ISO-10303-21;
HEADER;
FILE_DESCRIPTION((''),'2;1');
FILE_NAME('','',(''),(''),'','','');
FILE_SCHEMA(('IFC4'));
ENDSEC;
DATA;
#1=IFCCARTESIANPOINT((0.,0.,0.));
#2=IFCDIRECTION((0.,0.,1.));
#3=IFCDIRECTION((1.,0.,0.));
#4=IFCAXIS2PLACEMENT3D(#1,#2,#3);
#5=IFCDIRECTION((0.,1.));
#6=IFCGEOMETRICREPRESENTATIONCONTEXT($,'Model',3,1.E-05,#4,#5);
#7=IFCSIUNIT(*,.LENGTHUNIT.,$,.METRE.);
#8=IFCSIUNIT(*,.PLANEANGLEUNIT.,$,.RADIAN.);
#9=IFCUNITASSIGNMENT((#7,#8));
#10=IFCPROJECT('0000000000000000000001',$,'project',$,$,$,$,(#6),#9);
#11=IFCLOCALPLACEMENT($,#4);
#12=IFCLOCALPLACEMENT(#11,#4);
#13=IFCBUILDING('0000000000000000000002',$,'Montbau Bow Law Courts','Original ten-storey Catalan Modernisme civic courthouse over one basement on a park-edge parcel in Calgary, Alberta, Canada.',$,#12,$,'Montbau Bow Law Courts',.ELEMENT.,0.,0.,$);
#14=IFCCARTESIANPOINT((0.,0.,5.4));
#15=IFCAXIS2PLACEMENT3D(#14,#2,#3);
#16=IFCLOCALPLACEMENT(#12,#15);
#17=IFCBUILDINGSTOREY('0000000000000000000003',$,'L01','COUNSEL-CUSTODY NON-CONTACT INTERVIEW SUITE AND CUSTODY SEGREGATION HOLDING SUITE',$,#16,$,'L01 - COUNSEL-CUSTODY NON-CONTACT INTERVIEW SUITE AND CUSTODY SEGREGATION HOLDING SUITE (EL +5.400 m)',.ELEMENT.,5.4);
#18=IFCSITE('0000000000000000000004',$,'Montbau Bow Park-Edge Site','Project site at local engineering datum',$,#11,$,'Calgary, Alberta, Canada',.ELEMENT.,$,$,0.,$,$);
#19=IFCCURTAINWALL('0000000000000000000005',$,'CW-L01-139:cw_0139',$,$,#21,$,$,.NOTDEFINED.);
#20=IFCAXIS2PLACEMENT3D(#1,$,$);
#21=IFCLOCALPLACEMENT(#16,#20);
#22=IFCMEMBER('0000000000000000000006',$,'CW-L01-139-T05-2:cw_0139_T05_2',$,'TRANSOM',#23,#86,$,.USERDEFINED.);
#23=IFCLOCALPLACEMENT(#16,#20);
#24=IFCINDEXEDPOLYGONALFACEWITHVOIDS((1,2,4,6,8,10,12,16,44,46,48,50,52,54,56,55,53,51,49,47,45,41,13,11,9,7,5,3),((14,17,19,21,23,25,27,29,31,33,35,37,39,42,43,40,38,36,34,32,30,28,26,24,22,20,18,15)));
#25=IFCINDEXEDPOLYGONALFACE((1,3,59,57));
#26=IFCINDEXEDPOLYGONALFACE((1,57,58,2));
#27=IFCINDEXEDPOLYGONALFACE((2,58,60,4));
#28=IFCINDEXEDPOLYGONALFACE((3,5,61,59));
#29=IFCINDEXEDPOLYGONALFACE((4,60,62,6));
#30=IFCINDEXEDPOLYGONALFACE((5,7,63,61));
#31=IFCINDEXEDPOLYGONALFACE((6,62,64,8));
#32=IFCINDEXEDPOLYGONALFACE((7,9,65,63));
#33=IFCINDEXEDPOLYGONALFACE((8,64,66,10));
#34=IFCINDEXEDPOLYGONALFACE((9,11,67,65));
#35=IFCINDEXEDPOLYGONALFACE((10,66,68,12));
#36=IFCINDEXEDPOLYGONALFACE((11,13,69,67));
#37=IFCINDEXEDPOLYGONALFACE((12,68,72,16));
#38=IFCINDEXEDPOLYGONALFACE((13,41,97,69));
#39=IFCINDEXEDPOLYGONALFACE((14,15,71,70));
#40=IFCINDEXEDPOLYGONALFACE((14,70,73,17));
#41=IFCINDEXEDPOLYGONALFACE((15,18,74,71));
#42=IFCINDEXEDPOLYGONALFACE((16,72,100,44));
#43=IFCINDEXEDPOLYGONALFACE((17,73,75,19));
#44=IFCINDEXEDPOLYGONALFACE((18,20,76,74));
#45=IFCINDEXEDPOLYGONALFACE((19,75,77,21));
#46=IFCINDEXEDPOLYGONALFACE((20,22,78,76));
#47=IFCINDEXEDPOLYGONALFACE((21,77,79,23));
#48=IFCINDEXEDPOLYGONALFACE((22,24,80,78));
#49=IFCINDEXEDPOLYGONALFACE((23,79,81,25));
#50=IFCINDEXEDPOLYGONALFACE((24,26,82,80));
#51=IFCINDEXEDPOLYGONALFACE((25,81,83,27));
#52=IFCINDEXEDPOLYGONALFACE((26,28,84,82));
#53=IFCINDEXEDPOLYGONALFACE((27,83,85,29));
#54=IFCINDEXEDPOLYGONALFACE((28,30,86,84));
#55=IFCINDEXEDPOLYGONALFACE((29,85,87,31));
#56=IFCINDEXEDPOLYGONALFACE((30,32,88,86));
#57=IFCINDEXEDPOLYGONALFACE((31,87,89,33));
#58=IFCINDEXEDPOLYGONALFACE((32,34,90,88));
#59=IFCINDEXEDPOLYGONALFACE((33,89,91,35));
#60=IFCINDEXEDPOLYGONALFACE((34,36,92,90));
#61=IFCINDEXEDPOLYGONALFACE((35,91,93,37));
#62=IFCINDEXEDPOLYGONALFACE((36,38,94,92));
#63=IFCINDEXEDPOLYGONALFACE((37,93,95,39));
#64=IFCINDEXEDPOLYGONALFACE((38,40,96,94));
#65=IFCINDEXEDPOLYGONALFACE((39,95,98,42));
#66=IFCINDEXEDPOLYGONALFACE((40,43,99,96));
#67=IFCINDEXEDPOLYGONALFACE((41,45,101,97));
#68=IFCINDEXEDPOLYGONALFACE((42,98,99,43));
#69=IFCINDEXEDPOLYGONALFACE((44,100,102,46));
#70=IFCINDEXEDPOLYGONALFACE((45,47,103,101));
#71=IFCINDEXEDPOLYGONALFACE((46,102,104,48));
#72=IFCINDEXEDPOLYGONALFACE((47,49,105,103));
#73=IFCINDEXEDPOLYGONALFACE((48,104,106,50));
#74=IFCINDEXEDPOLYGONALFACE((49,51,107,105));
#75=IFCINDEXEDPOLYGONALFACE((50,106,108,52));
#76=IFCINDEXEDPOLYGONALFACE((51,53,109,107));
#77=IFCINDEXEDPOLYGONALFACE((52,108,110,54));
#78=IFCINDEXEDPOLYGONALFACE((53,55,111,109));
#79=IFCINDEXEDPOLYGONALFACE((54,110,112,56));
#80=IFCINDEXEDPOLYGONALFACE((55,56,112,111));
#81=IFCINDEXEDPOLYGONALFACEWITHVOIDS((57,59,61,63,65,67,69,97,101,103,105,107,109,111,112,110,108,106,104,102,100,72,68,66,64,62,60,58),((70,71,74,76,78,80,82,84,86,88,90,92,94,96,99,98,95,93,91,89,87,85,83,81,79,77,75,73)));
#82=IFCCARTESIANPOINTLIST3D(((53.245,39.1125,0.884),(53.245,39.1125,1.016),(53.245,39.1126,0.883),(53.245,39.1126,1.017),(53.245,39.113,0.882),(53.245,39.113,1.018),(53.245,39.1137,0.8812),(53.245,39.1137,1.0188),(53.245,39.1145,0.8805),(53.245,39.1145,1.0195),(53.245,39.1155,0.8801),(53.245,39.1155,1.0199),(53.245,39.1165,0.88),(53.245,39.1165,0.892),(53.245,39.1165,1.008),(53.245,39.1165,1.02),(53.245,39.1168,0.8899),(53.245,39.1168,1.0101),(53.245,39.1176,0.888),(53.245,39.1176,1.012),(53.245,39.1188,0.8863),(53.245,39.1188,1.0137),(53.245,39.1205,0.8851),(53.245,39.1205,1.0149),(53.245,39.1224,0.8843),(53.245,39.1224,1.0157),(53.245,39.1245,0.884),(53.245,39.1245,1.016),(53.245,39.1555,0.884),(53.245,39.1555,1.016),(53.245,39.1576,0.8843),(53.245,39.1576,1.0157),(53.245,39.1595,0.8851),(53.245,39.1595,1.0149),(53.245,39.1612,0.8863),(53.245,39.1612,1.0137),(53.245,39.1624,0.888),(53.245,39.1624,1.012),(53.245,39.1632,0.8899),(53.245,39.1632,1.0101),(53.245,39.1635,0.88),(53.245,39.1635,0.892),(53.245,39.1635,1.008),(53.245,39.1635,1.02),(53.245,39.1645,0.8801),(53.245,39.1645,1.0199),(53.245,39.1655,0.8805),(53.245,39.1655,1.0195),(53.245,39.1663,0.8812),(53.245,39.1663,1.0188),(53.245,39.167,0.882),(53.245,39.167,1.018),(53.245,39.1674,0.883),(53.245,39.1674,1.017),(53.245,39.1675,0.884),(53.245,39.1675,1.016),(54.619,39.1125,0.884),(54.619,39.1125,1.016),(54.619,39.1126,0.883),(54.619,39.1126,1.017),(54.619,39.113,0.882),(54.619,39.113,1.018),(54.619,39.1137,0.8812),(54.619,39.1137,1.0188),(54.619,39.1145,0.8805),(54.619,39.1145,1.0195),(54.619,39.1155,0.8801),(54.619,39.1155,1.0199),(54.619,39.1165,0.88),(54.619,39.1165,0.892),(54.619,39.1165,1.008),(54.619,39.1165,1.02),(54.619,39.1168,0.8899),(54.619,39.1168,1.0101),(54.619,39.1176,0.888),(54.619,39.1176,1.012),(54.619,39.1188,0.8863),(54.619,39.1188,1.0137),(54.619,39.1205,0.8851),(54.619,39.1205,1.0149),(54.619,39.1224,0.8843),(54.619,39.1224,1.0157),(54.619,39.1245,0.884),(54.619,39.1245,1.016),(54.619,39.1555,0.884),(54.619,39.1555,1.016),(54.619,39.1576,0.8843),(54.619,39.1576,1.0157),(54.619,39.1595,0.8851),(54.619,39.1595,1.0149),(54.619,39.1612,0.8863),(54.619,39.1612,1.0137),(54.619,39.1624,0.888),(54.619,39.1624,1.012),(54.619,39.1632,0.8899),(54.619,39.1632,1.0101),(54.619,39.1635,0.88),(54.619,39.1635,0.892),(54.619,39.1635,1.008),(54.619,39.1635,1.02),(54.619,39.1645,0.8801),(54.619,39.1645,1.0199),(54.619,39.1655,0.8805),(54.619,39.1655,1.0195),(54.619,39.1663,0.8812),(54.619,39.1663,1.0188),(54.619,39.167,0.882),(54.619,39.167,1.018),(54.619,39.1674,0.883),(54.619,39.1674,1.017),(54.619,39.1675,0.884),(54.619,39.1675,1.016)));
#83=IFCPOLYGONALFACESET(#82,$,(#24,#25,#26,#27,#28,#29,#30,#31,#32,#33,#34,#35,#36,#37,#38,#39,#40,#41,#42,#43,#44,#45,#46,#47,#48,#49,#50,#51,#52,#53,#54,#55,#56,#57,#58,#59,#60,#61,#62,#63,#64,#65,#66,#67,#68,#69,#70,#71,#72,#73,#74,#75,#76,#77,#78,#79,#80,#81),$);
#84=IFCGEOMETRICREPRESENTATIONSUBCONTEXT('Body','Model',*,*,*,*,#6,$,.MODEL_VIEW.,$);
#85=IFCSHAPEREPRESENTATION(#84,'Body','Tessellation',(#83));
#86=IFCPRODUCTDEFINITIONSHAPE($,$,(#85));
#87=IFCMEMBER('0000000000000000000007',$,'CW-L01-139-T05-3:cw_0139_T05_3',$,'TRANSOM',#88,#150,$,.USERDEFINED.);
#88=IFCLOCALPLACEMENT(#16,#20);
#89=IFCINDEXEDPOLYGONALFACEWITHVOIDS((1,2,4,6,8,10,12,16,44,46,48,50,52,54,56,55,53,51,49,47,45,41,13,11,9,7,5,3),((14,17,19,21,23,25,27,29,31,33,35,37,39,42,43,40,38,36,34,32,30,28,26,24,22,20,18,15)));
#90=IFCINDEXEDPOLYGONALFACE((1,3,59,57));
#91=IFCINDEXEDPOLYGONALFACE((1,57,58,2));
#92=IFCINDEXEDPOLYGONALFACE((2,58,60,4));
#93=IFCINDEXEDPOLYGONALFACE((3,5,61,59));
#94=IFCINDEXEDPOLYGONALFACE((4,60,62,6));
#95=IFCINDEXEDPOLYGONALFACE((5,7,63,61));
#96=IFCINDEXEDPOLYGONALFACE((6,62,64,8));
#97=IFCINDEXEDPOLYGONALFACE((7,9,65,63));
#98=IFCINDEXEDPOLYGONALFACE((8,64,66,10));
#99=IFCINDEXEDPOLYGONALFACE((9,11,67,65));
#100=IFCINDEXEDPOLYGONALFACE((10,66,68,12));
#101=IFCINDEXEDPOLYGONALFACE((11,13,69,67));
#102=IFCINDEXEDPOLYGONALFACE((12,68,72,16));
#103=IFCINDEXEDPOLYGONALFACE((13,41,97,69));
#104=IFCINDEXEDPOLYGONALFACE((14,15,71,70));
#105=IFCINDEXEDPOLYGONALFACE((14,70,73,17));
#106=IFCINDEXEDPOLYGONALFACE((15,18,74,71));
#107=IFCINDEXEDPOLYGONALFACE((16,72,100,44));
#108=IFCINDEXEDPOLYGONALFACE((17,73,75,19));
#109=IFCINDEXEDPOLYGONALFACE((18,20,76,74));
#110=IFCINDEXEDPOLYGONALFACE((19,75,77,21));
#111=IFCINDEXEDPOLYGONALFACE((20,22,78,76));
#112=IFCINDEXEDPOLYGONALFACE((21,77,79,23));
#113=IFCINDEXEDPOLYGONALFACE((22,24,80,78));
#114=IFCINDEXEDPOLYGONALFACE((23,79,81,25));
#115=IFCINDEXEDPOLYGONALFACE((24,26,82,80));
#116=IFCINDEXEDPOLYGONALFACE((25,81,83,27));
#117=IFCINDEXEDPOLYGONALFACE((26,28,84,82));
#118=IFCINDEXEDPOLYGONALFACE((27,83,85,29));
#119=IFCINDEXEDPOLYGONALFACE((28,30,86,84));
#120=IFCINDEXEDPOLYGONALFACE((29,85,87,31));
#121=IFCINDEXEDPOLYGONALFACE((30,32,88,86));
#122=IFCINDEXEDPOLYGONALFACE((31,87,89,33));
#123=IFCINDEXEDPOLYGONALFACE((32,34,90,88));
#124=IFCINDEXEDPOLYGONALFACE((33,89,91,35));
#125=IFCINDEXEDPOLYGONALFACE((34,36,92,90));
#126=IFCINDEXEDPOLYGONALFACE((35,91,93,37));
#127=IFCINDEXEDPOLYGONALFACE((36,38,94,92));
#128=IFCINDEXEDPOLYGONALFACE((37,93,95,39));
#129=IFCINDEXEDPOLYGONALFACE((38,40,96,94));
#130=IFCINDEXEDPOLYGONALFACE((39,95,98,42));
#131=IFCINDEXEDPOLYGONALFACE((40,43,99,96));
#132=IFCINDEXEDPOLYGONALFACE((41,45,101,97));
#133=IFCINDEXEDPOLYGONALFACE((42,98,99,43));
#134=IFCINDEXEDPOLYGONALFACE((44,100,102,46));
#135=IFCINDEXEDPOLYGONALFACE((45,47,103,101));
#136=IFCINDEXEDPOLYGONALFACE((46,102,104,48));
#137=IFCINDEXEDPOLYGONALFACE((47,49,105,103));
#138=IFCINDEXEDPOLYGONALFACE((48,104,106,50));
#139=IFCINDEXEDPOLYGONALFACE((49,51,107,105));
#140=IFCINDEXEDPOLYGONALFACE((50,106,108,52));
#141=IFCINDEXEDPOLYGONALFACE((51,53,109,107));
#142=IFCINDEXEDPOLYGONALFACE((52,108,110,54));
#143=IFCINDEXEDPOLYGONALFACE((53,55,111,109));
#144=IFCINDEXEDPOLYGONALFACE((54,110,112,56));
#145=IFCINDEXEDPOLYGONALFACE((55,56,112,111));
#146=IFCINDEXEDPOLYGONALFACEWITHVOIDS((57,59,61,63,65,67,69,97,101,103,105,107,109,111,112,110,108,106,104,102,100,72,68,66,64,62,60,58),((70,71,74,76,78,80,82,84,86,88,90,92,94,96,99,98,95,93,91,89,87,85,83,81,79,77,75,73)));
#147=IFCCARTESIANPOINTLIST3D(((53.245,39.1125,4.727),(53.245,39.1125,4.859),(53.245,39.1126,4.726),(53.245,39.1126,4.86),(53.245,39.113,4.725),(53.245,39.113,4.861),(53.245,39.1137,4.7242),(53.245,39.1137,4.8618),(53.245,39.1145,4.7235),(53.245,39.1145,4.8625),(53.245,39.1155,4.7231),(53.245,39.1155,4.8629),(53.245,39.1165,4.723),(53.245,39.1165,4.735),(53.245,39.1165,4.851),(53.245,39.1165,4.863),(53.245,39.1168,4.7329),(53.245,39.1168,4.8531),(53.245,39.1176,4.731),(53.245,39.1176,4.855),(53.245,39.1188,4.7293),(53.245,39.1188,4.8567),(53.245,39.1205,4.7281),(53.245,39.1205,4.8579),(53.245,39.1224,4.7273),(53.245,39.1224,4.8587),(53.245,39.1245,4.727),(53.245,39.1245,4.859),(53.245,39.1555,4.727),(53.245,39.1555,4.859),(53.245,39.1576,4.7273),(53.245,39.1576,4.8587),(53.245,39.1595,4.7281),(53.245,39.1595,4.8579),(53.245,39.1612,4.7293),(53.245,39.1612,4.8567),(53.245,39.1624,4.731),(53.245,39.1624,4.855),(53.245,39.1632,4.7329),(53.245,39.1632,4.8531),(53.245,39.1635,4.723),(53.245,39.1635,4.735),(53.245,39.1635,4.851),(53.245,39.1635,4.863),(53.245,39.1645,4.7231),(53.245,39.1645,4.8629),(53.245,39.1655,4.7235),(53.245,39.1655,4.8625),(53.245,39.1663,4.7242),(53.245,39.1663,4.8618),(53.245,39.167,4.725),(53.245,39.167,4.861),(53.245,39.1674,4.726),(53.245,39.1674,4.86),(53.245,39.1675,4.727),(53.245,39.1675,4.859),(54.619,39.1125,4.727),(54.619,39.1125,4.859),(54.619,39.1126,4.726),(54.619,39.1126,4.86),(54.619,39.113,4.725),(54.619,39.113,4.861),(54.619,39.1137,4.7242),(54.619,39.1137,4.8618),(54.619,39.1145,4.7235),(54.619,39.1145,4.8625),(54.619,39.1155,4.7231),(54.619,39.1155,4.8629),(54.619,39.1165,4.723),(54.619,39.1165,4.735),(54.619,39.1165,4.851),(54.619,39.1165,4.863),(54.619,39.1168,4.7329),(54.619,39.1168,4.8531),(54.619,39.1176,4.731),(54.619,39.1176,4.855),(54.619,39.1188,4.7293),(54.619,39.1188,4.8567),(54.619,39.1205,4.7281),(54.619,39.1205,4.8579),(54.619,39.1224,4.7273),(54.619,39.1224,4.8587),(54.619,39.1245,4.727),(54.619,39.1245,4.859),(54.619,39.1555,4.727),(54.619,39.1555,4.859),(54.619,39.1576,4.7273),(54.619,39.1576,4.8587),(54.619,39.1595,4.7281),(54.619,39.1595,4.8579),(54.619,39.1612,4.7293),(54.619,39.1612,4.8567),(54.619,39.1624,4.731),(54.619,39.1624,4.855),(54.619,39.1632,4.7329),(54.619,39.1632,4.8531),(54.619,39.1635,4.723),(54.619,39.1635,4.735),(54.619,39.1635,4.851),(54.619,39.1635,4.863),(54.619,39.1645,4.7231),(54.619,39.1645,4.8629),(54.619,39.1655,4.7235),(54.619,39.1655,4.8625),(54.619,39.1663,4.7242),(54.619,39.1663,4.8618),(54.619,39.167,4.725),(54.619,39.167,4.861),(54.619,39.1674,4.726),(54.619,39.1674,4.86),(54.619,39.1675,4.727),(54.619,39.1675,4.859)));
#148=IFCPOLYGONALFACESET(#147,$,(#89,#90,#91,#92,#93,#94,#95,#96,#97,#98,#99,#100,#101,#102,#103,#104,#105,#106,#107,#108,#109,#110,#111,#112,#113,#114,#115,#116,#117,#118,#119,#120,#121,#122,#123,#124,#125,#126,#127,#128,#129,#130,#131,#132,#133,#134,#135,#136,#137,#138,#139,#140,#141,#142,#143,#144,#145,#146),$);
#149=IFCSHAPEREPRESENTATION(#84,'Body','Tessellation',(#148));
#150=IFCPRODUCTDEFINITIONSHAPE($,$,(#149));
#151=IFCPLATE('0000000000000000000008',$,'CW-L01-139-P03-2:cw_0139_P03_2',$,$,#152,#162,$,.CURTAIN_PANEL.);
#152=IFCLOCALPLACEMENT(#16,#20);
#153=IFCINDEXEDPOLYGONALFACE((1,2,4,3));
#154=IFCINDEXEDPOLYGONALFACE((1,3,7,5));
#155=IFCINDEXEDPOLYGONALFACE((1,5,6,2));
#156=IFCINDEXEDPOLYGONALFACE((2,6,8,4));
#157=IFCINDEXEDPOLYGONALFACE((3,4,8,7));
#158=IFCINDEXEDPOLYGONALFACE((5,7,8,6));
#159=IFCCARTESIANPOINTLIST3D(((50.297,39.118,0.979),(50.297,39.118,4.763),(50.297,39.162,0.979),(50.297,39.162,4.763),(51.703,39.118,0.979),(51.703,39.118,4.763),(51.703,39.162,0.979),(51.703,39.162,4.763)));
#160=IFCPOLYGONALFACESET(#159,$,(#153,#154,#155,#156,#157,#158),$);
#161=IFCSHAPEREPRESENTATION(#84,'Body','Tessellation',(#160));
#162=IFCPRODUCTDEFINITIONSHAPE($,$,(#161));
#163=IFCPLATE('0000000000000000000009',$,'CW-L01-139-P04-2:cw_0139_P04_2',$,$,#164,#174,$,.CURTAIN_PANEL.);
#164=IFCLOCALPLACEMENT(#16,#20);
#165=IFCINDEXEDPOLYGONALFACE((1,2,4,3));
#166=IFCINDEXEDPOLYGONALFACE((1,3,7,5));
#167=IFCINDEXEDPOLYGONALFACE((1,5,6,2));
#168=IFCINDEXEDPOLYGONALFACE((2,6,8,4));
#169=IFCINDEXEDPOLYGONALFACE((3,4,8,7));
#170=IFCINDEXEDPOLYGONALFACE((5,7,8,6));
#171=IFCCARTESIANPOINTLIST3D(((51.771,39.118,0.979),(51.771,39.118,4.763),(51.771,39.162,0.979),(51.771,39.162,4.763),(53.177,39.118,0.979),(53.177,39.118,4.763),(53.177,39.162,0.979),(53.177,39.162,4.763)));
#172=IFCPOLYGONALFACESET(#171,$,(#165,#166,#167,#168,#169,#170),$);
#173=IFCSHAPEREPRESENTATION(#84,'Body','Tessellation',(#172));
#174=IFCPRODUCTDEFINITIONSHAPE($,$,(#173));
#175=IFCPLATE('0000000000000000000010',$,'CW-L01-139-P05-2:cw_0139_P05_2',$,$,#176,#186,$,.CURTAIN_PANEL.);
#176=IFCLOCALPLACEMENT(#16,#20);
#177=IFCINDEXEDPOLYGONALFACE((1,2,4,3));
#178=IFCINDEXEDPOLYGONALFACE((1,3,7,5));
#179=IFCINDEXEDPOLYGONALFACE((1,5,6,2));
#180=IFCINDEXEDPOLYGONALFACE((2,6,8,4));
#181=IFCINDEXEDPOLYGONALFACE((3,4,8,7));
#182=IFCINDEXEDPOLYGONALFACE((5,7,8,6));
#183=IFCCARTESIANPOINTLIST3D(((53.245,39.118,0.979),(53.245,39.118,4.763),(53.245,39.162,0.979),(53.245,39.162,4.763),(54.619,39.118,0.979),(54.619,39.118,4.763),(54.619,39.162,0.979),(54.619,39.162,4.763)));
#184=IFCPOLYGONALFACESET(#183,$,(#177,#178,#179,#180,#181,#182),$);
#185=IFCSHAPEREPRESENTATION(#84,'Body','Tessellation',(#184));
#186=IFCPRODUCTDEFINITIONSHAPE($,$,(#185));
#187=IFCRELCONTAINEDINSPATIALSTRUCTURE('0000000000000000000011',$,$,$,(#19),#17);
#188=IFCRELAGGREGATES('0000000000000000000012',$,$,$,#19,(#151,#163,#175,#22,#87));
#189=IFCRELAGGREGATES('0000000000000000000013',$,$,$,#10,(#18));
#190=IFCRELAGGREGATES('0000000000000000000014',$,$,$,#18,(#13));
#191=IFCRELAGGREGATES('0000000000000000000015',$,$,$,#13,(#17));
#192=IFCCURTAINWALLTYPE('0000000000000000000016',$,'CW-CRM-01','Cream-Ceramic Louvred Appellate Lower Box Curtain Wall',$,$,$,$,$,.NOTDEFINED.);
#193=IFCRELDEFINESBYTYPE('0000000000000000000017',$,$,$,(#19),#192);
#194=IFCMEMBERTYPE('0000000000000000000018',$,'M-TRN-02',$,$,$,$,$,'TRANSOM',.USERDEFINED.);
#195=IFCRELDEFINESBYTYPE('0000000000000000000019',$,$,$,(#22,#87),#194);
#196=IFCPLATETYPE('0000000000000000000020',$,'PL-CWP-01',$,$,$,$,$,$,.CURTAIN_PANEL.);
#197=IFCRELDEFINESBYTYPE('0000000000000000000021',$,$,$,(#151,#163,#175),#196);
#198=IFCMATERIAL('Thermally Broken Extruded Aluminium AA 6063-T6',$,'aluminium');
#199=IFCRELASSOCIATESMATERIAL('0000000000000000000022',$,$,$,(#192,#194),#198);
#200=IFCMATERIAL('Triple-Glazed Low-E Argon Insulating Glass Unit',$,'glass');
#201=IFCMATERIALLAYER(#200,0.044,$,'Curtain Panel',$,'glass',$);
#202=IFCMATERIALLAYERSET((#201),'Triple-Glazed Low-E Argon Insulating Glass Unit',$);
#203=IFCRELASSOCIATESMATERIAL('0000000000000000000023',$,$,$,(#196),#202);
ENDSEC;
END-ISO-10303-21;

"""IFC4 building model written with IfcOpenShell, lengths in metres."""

from ifc_helpers import new_model, si_unit, direction, frame, frame_2d, origin_with_axes, origin_2d_with_axis, place, context, subcontext, project, spatial, rectangle, hollow_rectangle, extrude, material, layer, layer_set, material_profile, profile_set, type_object, element, aggregate, save


model = new_model("IFC4")

# Units and contexts
model_context = context("Model", 3, precision=1e-05, world=origin_with_axes(), true_north=direction((0.0, 1.0)))
body_context = subcontext(model_context, "Body", "Model", "MODEL_VIEW")
ifc_project = project(units=[si_unit("LENGTHUNIT", "METRE"), si_unit("PLANEANGLEUNIT", "RADIAN")], contexts=[model_context])

# Site, building, storey
site_placement = place(None, origin_with_axes())
site = spatial("IfcSite", under=ifc_project, at=site_placement, Name="Montbau Bow Park-Edge Site", Description="Project site at local engineering datum", LongName="Calgary, Alberta, Canada", CompositionType="ELEMENT", RefElevation=0.0)
building_placement = place(site_placement, origin_with_axes())
building = spatial("IfcBuilding", under=site, at=building_placement, Name="Montbau Bow Law Courts", Description="Original ten-storey Catalan Modernisme civic courthouse over one basement on a park-edge parcel in Calgary, Alberta, Canada.", LongName="Montbau Bow Law Courts", CompositionType="ELEMENT", ElevationOfRefHeight=0.0, ElevationOfTerrain=0.0)
storey_placement = place(building_placement, frame((0.0, 0.0, 5.4), z_axis=(0.0, 0.0, 1.0), x_axis=(1.0, 0.0, 0.0)))
storey = spatial("IfcBuildingStorey", under=building, at=storey_placement, Name="L01", Description="COUNSEL-CUSTODY NON-CONTACT INTERVIEW SUITE AND CUSTODY SEGREGATION HOLDING SUITE", LongName="L01 - COUNSEL-CUSTODY NON-CONTACT INTERVIEW SUITE AND CUSTODY SEGREGATION HOLDING SUITE (EL +5.400 m)", CompositionType="ELEMENT", Elevation=5.4)

# Curtain wall, members, plates
ifc_material_1 = material(Name="Thermally Broken Extruded Aluminium AA 6063-T6", Category="aluminium")
curtain_wall_type = type_object("IfcCurtainWallType", Name="CW-CRM-01", Description="Cream-Ceramic Louvred Appellate Lower Box Curtain Wall", PredefinedType="NOTDEFINED", material=ifc_material_1)
curtain_wall_placement = place(None, frame((47.315, 39.14, 5.4), z_axis=(0.0, 0.0, 1.0), x_axis=(1.0, 0.0, 0.0)))
curtain_wall = element("IfcCurtainWall", 1, at=curtain_wall_placement, inside=storey, type_object=curtain_wall_type, Name="CW-L01-139:cw_0139", PredefinedType="NOTDEFINED")
ifc_material_profile_1 = material_profile(ifc_material_1, hollow_rectangle(XDim=0.055, YDim=0.14, WallThickness=0.004, InnerFilletRadius=0.008, OuterFilletRadius=0.004, at=origin_2d_with_axis()), Name="CWT-140X55", Category="Main", Priority=0)
ifc_profile_set_1 = profile_set([ifc_material_profile_1], Name="Thermally Broken Extruded Aluminium AA 6063-T6")
member_type_1 = type_object("IfcMemberType", Name="M-TRN-02", ElementType="TRANSOM", PredefinedType="USERDEFINED", material=ifc_profile_set_1)
member_1_placement = place(None, frame((53.245, 39.14, 6.35), z_axis=(1.0, 0.0, 0.0), x_axis=(0.0, 1.0, 0.0)))
member_1 = element("IfcMember", 2, at=member_1_placement, type_object=member_type_1, Name="CW-L01-139-T05-2:cw_0139_T05_2", ObjectType="TRANSOM", PredefinedType="USERDEFINED", context=body_context, shape_type="SweptSolid", body=[
    extrude(hollow_rectangle(XDim=0.055, YDim=0.14, WallThickness=0.004, InnerFilletRadius=0.008, OuterFilletRadius=0.004, at=origin_2d_with_axis()), origin_with_axes(), (0.0, 0.0, 1.0), 1.374),
])
member_2_placement = place(None, frame((53.245, 39.14, 10.193), z_axis=(1.0, 0.0, 0.0), x_axis=(0.0, 1.0, 0.0)))
member_2 = element("IfcMember", 3, at=member_2_placement, type_object=member_type_1, Name="CW-L01-139-T05-3:cw_0139_T05_3", ObjectType="TRANSOM", PredefinedType="USERDEFINED", context=body_context, shape_type="SweptSolid", body=[
    extrude(hollow_rectangle(XDim=0.055, YDim=0.14, WallThickness=0.004, InnerFilletRadius=0.008, OuterFilletRadius=0.004, at=origin_2d_with_axis()), origin_with_axes(), (0.0, 0.0, 1.0), 1.374),
])
ifc_material_2 = material(Name="Triple-Glazed Low-E Argon Insulating Glass Unit", Category="glass")
ifc_layer_1 = layer(ifc_material_2, 0.044, Name="Curtain Panel", Category="glass")
ifc_layer_set_1 = layer_set([ifc_layer_1], Name="Triple-Glazed Low-E Argon Insulating Glass Unit")
plate_type_1 = type_object("IfcPlateType", Name="PL-CWP-01", PredefinedType="CURTAIN_PANEL", material=ifc_layer_set_1)
plate_1_placement = place(None, frame((50.297, 39.14, 6.379), z_axis=(0.0, -1.0, 0.0), x_axis=(1.0, 0.0, 0.0)))
plate_1 = element("IfcPlate", 4, at=plate_1_placement, type_object=plate_type_1, Name="CW-L01-139-P03-2:cw_0139_P03_2", PredefinedType="CURTAIN_PANEL", context=body_context, shape_type="SweptSolid", body=[
    extrude(rectangle(XDim=1.406, YDim=3.784, at=frame_2d((0.703, 1.892), x_axis=(1.0, 0.0))), frame((0.0, 0.0, -0.022), z_axis=(0.0, 0.0, 1.0), x_axis=(1.0, 0.0, 0.0)), (0.0, 0.0, 1.0), 0.044),
])
plate_2_placement = place(None, frame((51.771, 39.14, 6.379), z_axis=(0.0, -1.0, 0.0), x_axis=(1.0, 0.0, 0.0)))
plate_2 = element("IfcPlate", 5, at=plate_2_placement, type_object=plate_type_1, Name="CW-L01-139-P04-2:cw_0139_P04_2", PredefinedType="CURTAIN_PANEL", context=body_context, shape_type="SweptSolid", body=[
    extrude(rectangle(XDim=1.406, YDim=3.784, at=frame_2d((0.703, 1.892), x_axis=(1.0, 0.0))), frame((0.0, 0.0, -0.022), z_axis=(0.0, 0.0, 1.0), x_axis=(1.0, 0.0, 0.0)), (0.0, 0.0, 1.0), 0.044),
])
plate_3_placement = place(None, frame((53.245, 39.14, 6.379), z_axis=(0.0, -1.0, 0.0), x_axis=(1.0, 0.0, 0.0)))
plate_3 = element("IfcPlate", 6, at=plate_3_placement, type_object=plate_type_1, Name="CW-L01-139-P05-2:cw_0139_P05_2", PredefinedType="CURTAIN_PANEL", context=body_context, shape_type="SweptSolid", body=[
    extrude(rectangle(XDim=1.374, YDim=3.784, at=frame_2d((0.687, 1.892), x_axis=(1.0, 0.0))), frame((0.0, 0.0, -0.022), z_axis=(0.0, 0.0, 1.0), x_axis=(1.0, 0.0, 0.0)), (0.0, 0.0, 1.0), 0.044),
])
aggregate(curtain_wall, [plate_1, plate_2, plate_3, member_1, member_2])

save(model, "model.ifc")
